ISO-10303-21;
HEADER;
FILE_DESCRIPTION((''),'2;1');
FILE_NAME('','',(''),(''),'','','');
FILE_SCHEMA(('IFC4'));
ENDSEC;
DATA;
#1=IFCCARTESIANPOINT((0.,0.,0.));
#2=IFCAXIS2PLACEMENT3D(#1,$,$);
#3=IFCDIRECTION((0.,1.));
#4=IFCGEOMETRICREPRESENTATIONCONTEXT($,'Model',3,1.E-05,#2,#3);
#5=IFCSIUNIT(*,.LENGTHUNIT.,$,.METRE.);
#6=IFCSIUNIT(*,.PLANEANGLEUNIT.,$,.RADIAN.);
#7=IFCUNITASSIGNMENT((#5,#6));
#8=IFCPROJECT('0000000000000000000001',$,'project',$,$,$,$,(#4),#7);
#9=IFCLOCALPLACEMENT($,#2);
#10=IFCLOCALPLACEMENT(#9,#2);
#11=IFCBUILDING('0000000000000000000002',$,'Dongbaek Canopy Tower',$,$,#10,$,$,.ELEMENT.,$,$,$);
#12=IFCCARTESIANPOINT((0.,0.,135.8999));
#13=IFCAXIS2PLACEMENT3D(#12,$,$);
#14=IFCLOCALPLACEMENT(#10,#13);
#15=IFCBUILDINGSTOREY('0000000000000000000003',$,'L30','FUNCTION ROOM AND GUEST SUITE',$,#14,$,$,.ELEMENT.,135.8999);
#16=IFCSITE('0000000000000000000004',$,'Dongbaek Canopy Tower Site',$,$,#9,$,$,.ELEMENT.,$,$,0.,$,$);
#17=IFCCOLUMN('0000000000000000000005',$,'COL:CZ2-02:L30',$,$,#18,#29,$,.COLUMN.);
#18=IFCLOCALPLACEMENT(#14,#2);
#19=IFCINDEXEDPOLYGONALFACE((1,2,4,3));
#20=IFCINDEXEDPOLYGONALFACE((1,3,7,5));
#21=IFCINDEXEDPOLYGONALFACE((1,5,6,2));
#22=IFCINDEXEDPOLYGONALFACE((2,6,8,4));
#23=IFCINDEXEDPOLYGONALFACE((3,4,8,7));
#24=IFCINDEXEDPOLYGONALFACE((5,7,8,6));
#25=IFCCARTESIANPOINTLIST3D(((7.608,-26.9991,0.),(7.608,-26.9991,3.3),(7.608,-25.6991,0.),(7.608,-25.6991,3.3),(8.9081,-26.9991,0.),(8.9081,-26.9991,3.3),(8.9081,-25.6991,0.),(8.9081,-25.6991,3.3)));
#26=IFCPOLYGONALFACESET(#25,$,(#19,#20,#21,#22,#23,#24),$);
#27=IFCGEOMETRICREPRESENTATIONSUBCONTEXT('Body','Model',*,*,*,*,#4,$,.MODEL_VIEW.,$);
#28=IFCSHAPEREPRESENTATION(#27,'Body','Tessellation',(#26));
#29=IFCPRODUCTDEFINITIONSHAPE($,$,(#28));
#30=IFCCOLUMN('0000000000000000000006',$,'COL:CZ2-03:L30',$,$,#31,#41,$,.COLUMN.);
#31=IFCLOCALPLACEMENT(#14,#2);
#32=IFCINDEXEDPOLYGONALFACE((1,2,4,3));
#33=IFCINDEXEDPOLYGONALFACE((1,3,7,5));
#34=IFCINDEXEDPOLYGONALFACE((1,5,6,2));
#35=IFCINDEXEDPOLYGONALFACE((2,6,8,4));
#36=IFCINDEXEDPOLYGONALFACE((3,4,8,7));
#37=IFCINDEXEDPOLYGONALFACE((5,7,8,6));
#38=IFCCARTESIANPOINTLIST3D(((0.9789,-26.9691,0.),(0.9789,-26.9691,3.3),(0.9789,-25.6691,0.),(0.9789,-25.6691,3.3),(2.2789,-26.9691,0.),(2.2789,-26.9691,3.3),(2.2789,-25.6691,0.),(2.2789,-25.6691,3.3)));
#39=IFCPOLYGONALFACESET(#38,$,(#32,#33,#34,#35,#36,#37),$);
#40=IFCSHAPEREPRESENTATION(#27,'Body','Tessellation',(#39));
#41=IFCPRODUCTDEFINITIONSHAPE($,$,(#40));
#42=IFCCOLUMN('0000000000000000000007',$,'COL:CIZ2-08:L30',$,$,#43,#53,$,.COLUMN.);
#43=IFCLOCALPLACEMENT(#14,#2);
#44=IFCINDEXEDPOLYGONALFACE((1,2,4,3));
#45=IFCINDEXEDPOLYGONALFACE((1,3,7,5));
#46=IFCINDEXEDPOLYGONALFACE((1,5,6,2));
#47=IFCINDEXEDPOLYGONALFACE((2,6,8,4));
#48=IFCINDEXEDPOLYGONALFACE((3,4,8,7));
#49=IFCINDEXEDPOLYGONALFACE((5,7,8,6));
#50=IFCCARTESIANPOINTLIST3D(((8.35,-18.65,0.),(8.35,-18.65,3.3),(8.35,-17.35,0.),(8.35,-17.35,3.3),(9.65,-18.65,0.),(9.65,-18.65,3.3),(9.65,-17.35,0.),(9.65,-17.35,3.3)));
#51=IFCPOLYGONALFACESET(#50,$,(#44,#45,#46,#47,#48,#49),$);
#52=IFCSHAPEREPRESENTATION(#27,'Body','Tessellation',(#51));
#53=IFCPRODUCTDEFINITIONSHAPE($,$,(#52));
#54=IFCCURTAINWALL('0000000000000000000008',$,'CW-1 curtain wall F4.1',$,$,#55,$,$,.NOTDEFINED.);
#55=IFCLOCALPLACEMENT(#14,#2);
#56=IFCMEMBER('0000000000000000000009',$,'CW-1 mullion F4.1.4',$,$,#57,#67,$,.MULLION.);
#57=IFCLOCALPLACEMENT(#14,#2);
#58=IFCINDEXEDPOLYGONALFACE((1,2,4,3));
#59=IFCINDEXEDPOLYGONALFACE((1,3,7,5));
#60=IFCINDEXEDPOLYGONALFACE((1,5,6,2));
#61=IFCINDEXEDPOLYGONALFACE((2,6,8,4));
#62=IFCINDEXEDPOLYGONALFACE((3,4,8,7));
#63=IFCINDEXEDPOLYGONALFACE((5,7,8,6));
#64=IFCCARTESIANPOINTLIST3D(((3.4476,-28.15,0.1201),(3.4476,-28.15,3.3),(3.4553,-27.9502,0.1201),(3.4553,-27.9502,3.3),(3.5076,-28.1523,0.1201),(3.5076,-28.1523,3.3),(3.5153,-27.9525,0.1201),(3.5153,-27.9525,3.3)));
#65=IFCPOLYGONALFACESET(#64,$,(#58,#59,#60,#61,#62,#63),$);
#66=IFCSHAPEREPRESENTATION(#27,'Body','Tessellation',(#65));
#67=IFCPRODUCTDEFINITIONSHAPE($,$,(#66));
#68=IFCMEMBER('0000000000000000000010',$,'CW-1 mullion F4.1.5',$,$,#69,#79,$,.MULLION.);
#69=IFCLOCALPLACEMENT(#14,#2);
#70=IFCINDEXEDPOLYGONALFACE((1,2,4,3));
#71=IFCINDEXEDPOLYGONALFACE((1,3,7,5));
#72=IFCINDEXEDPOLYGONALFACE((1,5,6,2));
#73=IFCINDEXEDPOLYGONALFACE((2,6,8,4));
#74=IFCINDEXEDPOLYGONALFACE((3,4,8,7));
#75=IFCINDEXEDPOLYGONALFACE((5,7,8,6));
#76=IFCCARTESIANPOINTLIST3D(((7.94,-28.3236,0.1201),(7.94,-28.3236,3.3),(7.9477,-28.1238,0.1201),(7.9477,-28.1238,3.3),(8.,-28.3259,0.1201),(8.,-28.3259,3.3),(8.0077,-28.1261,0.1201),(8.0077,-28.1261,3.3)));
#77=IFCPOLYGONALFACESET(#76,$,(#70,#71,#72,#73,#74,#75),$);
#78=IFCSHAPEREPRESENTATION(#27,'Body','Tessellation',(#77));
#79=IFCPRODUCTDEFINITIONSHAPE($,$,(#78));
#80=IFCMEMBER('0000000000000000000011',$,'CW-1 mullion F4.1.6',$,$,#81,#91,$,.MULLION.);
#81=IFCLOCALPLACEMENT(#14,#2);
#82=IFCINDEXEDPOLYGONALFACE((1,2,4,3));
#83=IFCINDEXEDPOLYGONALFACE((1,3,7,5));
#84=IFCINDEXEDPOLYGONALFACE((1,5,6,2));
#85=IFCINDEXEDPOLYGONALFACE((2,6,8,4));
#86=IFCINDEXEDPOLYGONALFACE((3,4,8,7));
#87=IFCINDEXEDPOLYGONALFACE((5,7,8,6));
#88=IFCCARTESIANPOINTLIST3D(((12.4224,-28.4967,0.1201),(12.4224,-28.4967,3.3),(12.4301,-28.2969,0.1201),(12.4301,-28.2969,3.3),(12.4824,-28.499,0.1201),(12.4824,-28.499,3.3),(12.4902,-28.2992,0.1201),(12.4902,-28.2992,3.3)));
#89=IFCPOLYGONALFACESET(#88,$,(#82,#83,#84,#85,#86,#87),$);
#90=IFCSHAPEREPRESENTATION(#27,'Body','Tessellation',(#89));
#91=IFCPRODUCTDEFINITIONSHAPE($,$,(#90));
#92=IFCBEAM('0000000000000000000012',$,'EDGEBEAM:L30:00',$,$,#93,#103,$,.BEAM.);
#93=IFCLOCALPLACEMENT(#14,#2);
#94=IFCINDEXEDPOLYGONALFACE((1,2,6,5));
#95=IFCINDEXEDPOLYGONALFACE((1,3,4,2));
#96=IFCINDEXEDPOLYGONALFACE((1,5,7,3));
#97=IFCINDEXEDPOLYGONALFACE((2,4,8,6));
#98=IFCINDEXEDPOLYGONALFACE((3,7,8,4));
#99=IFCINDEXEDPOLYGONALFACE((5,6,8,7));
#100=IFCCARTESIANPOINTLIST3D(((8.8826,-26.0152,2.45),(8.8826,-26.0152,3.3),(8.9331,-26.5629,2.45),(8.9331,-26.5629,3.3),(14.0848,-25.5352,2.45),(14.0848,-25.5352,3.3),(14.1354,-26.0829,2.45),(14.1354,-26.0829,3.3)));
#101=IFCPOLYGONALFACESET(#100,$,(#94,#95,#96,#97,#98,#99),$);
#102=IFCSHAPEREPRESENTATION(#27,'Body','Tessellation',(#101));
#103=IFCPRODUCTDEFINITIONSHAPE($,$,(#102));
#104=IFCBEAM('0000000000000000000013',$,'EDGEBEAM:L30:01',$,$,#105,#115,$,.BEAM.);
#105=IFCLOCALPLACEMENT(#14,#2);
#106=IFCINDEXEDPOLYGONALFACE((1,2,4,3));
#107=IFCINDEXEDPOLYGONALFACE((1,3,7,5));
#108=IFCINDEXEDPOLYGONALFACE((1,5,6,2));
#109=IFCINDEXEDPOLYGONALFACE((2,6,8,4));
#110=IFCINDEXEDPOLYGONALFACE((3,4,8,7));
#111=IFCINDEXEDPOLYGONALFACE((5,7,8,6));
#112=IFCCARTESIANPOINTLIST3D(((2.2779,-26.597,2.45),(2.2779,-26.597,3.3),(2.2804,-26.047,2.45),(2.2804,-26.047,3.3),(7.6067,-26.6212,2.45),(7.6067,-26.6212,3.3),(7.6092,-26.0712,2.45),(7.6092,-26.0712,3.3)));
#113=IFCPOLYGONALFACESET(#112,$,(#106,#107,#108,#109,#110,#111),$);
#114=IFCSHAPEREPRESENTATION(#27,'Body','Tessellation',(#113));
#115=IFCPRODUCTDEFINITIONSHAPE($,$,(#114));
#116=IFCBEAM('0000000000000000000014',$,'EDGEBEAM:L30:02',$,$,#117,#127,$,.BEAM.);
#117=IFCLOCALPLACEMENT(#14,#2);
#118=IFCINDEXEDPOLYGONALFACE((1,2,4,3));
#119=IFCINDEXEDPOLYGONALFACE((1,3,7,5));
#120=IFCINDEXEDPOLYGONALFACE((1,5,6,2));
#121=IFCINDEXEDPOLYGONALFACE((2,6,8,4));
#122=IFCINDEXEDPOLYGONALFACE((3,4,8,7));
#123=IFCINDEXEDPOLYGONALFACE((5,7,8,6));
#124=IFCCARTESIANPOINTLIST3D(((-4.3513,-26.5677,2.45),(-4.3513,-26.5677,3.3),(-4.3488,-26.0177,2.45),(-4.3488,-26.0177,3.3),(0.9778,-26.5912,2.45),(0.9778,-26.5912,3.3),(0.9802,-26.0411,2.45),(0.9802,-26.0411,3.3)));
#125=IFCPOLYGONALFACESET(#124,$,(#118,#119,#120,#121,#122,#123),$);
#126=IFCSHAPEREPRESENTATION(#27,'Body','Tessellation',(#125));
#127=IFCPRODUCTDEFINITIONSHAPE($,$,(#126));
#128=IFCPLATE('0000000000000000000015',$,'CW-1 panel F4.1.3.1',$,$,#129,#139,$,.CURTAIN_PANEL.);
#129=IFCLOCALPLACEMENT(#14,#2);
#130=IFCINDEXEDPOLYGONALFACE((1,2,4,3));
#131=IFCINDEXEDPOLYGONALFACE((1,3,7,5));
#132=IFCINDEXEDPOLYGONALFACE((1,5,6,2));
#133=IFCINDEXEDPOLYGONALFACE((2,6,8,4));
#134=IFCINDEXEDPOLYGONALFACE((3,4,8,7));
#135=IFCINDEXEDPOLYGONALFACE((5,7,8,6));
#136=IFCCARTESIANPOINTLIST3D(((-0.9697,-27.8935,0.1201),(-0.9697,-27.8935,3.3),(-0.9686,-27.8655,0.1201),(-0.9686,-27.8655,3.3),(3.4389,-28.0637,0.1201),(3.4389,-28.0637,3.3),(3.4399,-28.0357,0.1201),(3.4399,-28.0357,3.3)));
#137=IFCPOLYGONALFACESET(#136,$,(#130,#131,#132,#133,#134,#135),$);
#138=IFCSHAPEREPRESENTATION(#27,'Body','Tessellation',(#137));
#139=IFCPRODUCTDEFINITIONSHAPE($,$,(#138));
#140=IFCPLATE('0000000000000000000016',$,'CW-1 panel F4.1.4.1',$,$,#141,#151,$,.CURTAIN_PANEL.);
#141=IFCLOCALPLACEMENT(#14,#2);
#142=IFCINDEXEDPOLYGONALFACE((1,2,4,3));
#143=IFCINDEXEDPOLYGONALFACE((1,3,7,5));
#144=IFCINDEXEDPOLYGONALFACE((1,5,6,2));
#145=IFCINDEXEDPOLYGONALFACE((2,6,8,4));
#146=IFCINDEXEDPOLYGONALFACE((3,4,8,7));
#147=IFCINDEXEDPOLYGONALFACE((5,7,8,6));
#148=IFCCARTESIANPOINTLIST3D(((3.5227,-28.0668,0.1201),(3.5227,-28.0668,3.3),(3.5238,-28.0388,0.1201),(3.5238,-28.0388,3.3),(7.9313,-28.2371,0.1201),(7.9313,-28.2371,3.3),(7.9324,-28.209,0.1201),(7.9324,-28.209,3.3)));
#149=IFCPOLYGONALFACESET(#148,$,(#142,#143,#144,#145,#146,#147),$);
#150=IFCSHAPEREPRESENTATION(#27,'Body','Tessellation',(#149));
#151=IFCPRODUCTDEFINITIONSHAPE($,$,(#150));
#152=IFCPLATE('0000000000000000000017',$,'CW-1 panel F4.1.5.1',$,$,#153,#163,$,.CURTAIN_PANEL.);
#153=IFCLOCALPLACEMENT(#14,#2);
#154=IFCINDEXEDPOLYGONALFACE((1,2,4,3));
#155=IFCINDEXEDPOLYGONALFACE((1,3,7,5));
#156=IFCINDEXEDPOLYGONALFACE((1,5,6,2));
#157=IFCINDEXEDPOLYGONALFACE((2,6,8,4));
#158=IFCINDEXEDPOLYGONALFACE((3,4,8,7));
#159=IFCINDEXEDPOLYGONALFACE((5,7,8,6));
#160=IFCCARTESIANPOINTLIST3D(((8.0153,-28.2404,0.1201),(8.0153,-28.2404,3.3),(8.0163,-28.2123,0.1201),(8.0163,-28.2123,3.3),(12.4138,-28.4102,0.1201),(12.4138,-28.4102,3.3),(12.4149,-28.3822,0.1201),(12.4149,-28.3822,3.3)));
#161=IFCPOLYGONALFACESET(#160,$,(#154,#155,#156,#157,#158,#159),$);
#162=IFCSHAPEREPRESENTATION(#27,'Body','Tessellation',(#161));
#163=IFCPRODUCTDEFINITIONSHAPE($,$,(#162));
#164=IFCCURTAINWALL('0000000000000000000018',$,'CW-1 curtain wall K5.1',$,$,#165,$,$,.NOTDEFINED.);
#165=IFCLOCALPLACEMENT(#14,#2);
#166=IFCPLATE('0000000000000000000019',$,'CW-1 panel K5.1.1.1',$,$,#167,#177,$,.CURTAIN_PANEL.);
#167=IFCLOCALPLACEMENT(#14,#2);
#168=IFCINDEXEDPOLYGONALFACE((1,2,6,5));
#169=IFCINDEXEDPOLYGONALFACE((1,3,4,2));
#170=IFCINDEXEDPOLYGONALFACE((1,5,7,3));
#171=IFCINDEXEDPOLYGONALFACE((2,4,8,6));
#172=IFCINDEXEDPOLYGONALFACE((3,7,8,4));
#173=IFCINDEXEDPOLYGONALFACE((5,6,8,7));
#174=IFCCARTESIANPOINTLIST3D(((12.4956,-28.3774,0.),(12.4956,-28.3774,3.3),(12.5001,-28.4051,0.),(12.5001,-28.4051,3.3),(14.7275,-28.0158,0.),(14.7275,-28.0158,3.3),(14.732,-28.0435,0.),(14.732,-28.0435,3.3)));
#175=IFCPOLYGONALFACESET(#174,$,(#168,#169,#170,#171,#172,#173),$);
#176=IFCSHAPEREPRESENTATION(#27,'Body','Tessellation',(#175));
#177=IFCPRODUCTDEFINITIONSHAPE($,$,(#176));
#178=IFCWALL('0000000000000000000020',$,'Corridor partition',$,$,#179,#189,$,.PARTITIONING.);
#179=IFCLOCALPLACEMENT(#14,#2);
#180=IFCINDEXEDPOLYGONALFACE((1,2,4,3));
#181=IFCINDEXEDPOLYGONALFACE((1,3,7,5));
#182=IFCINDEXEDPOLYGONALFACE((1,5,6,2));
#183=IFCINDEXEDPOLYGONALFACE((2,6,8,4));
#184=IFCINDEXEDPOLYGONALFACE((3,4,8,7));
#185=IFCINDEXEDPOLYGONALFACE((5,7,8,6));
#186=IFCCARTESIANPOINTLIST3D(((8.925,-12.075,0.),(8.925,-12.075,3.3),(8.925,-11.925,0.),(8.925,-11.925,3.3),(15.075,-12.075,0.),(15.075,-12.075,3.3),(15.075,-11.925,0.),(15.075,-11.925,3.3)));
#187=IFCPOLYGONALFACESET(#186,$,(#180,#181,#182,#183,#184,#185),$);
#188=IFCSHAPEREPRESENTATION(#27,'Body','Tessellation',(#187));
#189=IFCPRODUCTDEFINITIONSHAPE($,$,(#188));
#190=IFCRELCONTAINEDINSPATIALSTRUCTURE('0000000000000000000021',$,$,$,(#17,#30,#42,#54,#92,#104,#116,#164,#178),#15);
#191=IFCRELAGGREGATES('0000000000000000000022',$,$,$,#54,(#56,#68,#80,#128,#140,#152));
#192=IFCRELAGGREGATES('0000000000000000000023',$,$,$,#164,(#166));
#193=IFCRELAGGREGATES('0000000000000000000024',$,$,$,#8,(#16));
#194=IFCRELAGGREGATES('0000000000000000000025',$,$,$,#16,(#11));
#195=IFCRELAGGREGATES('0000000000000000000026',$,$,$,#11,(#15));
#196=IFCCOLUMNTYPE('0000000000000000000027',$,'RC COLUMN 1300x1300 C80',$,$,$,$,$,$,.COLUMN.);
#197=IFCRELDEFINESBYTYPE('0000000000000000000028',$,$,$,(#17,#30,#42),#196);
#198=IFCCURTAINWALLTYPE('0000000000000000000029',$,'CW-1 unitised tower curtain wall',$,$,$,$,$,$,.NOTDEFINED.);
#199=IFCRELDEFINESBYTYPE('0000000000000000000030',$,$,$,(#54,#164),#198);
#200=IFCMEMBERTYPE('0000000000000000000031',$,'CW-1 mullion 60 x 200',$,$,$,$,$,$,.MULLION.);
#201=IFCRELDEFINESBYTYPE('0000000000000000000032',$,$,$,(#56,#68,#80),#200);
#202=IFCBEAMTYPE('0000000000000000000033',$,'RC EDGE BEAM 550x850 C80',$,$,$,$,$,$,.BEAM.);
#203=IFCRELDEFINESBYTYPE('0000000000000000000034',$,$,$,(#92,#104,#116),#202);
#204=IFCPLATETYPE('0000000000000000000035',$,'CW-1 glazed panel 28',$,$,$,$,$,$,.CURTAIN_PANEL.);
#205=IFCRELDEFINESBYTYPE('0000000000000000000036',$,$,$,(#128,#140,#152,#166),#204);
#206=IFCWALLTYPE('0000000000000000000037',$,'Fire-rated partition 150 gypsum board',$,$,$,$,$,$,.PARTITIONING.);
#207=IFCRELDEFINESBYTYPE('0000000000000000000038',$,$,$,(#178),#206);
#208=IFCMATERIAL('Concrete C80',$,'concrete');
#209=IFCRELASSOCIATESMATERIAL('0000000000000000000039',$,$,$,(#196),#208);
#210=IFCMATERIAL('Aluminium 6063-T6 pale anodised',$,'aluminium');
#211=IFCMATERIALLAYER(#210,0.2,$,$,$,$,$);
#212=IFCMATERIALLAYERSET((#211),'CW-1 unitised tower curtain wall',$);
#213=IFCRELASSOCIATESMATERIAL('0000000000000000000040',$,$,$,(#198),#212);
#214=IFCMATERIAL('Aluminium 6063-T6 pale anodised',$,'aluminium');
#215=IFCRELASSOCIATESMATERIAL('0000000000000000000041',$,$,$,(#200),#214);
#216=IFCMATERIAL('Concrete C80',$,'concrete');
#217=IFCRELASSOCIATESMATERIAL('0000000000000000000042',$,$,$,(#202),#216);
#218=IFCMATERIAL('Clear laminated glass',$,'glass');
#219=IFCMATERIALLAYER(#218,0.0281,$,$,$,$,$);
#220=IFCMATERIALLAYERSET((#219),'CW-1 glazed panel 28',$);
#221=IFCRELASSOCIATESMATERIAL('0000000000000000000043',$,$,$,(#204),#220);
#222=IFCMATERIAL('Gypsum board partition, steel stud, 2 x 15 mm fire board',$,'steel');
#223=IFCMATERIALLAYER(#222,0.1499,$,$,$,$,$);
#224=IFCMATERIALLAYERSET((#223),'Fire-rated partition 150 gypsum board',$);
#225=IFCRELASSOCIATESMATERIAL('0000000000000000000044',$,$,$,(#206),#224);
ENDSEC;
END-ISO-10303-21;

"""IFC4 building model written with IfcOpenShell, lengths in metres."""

from ifc_helpers import new_model, si_unit, direction, frame, frame_2d, origin, origin_2d, place, context, subcontext, project, spatial, rectangle, extrude, material, layer, layer_set, material_profile, profile_set, type_object, element, aggregate, save


model = new_model("IFC4")

# Units and contexts
model_context = context("Model", 3, precision=1e-05, world=origin(), true_north=direction((0.0, 1.0)))
body_context = subcontext(model_context, "Body", "Model", "MODEL_VIEW")
ifc_project = project(units=[si_unit("LENGTHUNIT", "METRE"), si_unit("PLANEANGLEUNIT", "RADIAN")], contexts=[model_context])

# Site, building, storey
site_placement = place(None, origin())
site = spatial("IfcSite", under=ifc_project, at=site_placement, Name="Dongbaek Canopy Tower Site", CompositionType="ELEMENT", RefElevation=0.0)
building_placement = place(site_placement, origin())
building = spatial("IfcBuilding", under=site, at=building_placement, Name="Dongbaek Canopy Tower", CompositionType="ELEMENT")
storey_placement = place(building_placement, frame((0.0, 0.0, 135.8999)))
storey = spatial("IfcBuildingStorey", under=building, at=storey_placement, Name="L30", Description="FUNCTION ROOM AND GUEST SUITE", CompositionType="ELEMENT", Elevation=135.8999)

# Columns
ifc_material_1 = material(Name="Concrete C80", Category="concrete")
ifc_material_profile_1 = material_profile(ifc_material_1, rectangle(XDim=1.3, YDim=1.3, at=origin_2d()), Name="RC COLUMN 1300x1300 C80")
ifc_profile_set_1 = profile_set([ifc_material_profile_1], Name="Concrete C80")
column_type = type_object("IfcColumnType", Name="RC COLUMN 1300x1300 C80", PredefinedType="COLUMN", material=ifc_profile_set_1)
for number, where, z_axis, x_axis, name in (
    (1, (8.2581, -26.3491, 0.0), (0.0, 0.0, 1.0), (1.0, 0.0, 0.0), "COL:CZ2-02:L30"),
    (2, (1.6289, -26.3191, 0.0), (0.0, 0.0, 1.0), (1.0, 0.0, 0.0), "COL:CZ2-03:L30"),
    (3, (9.0, -18.0, 0.0), (0.0, 0.0, 1.0), (1.0, 0.0, 0.0), "COL:CIZ2-08:L30"),
):
    element("IfcColumn", number, at=place(storey_placement, frame(where, z_axis=z_axis, x_axis=x_axis)), inside=storey, type_object=column_type, Name=name, PredefinedType="COLUMN", context=body_context, shape_type="SweptSolid", body=[
        extrude(rectangle(XDim=1.3, YDim=1.3, at=origin_2d()), origin(), (0.0, 0.0, 1.0), 3.3),
    ])

# Curtain wall, members
ifc_material_2 = material(Name="Aluminium 6063-T6 pale anodised", Category="aluminium")
ifc_layer_1 = layer(ifc_material_2, 0.2)
ifc_layer_set_1 = layer_set([ifc_layer_1], Name="CW-1 unitised tower curtain wall")
curtain_wall_type = type_object("IfcCurtainWallType", Name="CW-1 unitised tower curtain wall", PredefinedType="NOTDEFINED", material=ifc_layer_set_1)
curtain_wall_1_placement = place(storey_placement, origin())
curtain_wall_1 = element("IfcCurtainWall", 4, at=curtain_wall_1_placement, inside=storey, type_object=curtain_wall_type, Name="CW-1 curtain wall F4.1", PredefinedType="NOTDEFINED")
ifc_material_3 = material(Name="Aluminium 6063-T6 pale anodised", Category="aluminium")
ifc_material_profile_2 = material_profile(ifc_material_3, rectangle(XDim=0.2, YDim=0.0601, at=origin_2d()), Name="CW-1 mullion 60 x 200")
ifc_profile_set_2 = profile_set([ifc_material_profile_2], Name="Aluminium 6063-T6 pale anodised")
member_type = type_object("IfcMemberType", Name="CW-1 mullion 60 x 200", PredefinedType="MULLION", material=ifc_profile_set_2)
member_1_placement = place(storey_placement, frame((3.4814, -28.0513, 0.1201), z_axis=(0.0, 0.0, 1.0), x_axis=(-0.038587, -0.999255, 0.0)))
member_1 = element("IfcMember", 5, at=member_1_placement, type_object=member_type, Name="CW-1 mullion F4.1.4", PredefinedType="MULLION", context=body_context, shape_type="SweptSolid", body=[
    extrude(rectangle(XDim=0.2, YDim=0.0601, at=origin_2d()), origin(), (0.0, 0.0, 1.0), 3.1799),
])
member_2_placement = place(storey_placement, frame((7.9739, -28.2249, 0.1201), z_axis=(0.0, 0.0, 1.0), x_axis=(-0.038587, -0.999255, 0.0)))
member_2 = element("IfcMember", 6, at=member_2_placement, type_object=member_type, Name="CW-1 mullion F4.1.5", PredefinedType="MULLION", context=body_context, shape_type="SweptSolid", body=[
    extrude(rectangle(XDim=0.2, YDim=0.0601, at=origin_2d()), origin(), (0.0, 0.0, 1.0), 3.1799),
])
member_3_placement = place(storey_placement, frame((12.4563, -28.3979, 0.1201), z_axis=(0.0, 0.0, 1.0), x_axis=(-0.038587, -0.999255, 0.0)))
member_3 = element("IfcMember", 7, at=member_3_placement, type_object=member_type, Name="CW-1 mullion F4.1.6", PredefinedType="MULLION", context=body_context, shape_type="SweptSolid", body=[
    extrude(rectangle(XDim=0.2, YDim=0.0601, at=origin_2d()), origin(), (0.0, 0.0, 1.0), 3.1799),
])

# Beams
ifc_material_4 = material(Name="Concrete C80", Category="concrete")
ifc_material_profile_3 = material_profile(ifc_material_4, rectangle(XDim=0.55, YDim=0.8501, at=origin_2d()), Name="RC EDGE BEAM 550x850 C80")
ifc_profile_set_3 = profile_set([ifc_material_profile_3], Name="Concrete C80")
beam_type = type_object("IfcBeamType", Name="RC EDGE BEAM 550x850 C80", PredefinedType="BEAM", material=ifc_profile_set_3)
beam_1_placement = place(storey_placement, frame((14.1101, -25.8091, 2.875), z_axis=(-0.99577, -0.091876, 0.0), x_axis=(0.091876, -0.99577, 0.0)))
element("IfcBeam", 8, at=beam_1_placement, inside=storey, type_object=beam_type, Name="EDGEBEAM:L30:00", PredefinedType="BEAM", context=body_context, shape_type="SweptSolid", body=[
    extrude(rectangle(XDim=0.55, YDim=0.8501, at=origin_2d()), origin(), (0.0, 0.0, 1.0), 5.2244),
])
beam_2_placement = place(storey_placement, frame((7.6079, -26.3462, 2.875), z_axis=(-0.99999, 0.004536, 0.0), x_axis=(-0.004536, -0.99999, 0.0)))
element("IfcBeam", 9, at=beam_2_placement, inside=storey, type_object=beam_type, Name="EDGEBEAM:L30:01", PredefinedType="BEAM", context=body_context, shape_type="SweptSolid", body=[
    extrude(rectangle(XDim=0.55, YDim=0.8501, at=origin_2d()), origin(), (0.0, 0.0, 1.0), 5.3289),
])
beam_3_placement = place(storey_placement, frame((0.979, -26.3162, 2.875), z_axis=(-0.99999, 0.004398, 0.0), x_axis=(-0.004398, -0.99999, 0.0)))
element("IfcBeam", 10, at=beam_3_placement, inside=storey, type_object=beam_type, Name="EDGEBEAM:L30:02", PredefinedType="BEAM", context=body_context, shape_type="SweptSolid", body=[
    extrude(rectangle(XDim=0.55, YDim=0.8501, at=origin_2d()), origin(), (0.0, 0.0, 1.0), 5.3291),
])

# Plates
ifc_material_5 = material(Name="Clear laminated glass", Category="glass")
ifc_layer_2 = layer(ifc_material_5, 0.0281)
ifc_layer_set_2 = layer_set([ifc_layer_2], Name="CW-1 glazed panel 28")
plate_type = type_object("IfcPlateType", Name="CW-1 glazed panel 28", PredefinedType="CURTAIN_PANEL", material=ifc_layer_set_2)
plate_1_placement = place(storey_placement, frame((1.2351, -27.9646, 0.1201), z_axis=(0.0, 0.0, 1.0), x_axis=(0.999255, -0.038587, 0.0)))
plate_1 = element("IfcPlate", 11, at=plate_1_placement, type_object=plate_type, Name="CW-1 panel F4.1.3.1", PredefinedType="CURTAIN_PANEL", context=body_context, shape_type="SweptSolid", body=[
    extrude(rectangle(XDim=4.4119, YDim=0.0281, at=origin_2d()), origin(), (0.0, 0.0, 1.0), 3.1799),
])
plate_2_placement = place(storey_placement, frame((5.7275, -28.1379, 0.1201), z_axis=(0.0, 0.0, 1.0), x_axis=(0.999255, -0.038587, 0.0)))
plate_2 = element("IfcPlate", 12, at=plate_2_placement, type_object=plate_type, Name="CW-1 panel F4.1.4.1", PredefinedType="CURTAIN_PANEL", context=body_context, shape_type="SweptSolid", body=[
    extrude(rectangle(XDim=4.4119, YDim=0.0281, at=origin_2d()), origin(), (0.0, 0.0, 1.0), 3.1799),
])
plate_3_placement = place(storey_placement, frame((10.2151, -28.3113, 0.1201), z_axis=(0.0, 0.0, 1.0), x_axis=(0.999255, -0.038587, 0.0)))
plate_3 = element("IfcPlate", 13, at=plate_3_placement, type_object=plate_type, Name="CW-1 panel F4.1.5.1", PredefinedType="CURTAIN_PANEL", context=body_context, shape_type="SweptSolid", body=[
    extrude(rectangle(XDim=4.4019, YDim=0.0281, at=origin_2d()), origin(), (0.0, 0.0, 1.0), 3.1799),
])

# Curtain wall, plate
curtain_wall_2_placement = place(storey_placement, origin())
curtain_wall_2 = element("IfcCurtainWall", 14, at=curtain_wall_2_placement, inside=storey, type_object=curtain_wall_type, Name="CW-1 curtain wall K5.1", PredefinedType="NOTDEFINED")
plate_4_placement = place(storey_placement, frame((13.6138, -28.2104, 0.0), z_axis=(0.0, 0.0, 1.0), x_axis=(0.987123, 0.159963, 0.0)))
plate_4 = element("IfcPlate", 15, at=plate_4_placement, type_object=plate_type, Name="CW-1 panel K5.1.1.1", PredefinedType="CURTAIN_PANEL", context=body_context, shape_type="SweptSolid", body=[
    extrude(rectangle(XDim=2.261, YDim=0.0281, at=origin_2d()), origin(), (0.0, 0.0, 1.0), 3.3),
])

# Wall
ifc_material_6 = material(Name="Gypsum board partition, steel stud, 2 x 15 mm fire board", Category="steel")
ifc_layer_3 = layer(ifc_material_6, 0.1499)
ifc_layer_set_3 = layer_set([ifc_layer_3], Name="Fire-rated partition 150 gypsum board")
wall_type_1 = type_object("IfcWallType", Name="Fire-rated partition 150 gypsum board", PredefinedType="PARTITIONING", material=ifc_layer_set_3)
wall_1_placement = place(storey_placement, frame((8.925, -12.0, 0.0), z_axis=(0.0, 0.0, 1.0), x_axis=(1.0, 0.0, 0.0)))
element("IfcWall", 16, at=wall_1_placement, inside=storey, type_object=wall_type_1, Name="Corridor partition", PredefinedType="PARTITIONING", context=body_context, shape_type="SweptSolid", body=[
    extrude(rectangle(XDim=6.1499, YDim=0.1499, at=frame_2d((3.075, 0.0))), origin(), (0.0, 0.0, 1.0), 3.3),
])

aggregate(curtain_wall_1, [member_1, member_2, member_3, plate_1, plate_2, plate_3])
aggregate(curtain_wall_2, [plate_4])

save(model, "model.ifc")
